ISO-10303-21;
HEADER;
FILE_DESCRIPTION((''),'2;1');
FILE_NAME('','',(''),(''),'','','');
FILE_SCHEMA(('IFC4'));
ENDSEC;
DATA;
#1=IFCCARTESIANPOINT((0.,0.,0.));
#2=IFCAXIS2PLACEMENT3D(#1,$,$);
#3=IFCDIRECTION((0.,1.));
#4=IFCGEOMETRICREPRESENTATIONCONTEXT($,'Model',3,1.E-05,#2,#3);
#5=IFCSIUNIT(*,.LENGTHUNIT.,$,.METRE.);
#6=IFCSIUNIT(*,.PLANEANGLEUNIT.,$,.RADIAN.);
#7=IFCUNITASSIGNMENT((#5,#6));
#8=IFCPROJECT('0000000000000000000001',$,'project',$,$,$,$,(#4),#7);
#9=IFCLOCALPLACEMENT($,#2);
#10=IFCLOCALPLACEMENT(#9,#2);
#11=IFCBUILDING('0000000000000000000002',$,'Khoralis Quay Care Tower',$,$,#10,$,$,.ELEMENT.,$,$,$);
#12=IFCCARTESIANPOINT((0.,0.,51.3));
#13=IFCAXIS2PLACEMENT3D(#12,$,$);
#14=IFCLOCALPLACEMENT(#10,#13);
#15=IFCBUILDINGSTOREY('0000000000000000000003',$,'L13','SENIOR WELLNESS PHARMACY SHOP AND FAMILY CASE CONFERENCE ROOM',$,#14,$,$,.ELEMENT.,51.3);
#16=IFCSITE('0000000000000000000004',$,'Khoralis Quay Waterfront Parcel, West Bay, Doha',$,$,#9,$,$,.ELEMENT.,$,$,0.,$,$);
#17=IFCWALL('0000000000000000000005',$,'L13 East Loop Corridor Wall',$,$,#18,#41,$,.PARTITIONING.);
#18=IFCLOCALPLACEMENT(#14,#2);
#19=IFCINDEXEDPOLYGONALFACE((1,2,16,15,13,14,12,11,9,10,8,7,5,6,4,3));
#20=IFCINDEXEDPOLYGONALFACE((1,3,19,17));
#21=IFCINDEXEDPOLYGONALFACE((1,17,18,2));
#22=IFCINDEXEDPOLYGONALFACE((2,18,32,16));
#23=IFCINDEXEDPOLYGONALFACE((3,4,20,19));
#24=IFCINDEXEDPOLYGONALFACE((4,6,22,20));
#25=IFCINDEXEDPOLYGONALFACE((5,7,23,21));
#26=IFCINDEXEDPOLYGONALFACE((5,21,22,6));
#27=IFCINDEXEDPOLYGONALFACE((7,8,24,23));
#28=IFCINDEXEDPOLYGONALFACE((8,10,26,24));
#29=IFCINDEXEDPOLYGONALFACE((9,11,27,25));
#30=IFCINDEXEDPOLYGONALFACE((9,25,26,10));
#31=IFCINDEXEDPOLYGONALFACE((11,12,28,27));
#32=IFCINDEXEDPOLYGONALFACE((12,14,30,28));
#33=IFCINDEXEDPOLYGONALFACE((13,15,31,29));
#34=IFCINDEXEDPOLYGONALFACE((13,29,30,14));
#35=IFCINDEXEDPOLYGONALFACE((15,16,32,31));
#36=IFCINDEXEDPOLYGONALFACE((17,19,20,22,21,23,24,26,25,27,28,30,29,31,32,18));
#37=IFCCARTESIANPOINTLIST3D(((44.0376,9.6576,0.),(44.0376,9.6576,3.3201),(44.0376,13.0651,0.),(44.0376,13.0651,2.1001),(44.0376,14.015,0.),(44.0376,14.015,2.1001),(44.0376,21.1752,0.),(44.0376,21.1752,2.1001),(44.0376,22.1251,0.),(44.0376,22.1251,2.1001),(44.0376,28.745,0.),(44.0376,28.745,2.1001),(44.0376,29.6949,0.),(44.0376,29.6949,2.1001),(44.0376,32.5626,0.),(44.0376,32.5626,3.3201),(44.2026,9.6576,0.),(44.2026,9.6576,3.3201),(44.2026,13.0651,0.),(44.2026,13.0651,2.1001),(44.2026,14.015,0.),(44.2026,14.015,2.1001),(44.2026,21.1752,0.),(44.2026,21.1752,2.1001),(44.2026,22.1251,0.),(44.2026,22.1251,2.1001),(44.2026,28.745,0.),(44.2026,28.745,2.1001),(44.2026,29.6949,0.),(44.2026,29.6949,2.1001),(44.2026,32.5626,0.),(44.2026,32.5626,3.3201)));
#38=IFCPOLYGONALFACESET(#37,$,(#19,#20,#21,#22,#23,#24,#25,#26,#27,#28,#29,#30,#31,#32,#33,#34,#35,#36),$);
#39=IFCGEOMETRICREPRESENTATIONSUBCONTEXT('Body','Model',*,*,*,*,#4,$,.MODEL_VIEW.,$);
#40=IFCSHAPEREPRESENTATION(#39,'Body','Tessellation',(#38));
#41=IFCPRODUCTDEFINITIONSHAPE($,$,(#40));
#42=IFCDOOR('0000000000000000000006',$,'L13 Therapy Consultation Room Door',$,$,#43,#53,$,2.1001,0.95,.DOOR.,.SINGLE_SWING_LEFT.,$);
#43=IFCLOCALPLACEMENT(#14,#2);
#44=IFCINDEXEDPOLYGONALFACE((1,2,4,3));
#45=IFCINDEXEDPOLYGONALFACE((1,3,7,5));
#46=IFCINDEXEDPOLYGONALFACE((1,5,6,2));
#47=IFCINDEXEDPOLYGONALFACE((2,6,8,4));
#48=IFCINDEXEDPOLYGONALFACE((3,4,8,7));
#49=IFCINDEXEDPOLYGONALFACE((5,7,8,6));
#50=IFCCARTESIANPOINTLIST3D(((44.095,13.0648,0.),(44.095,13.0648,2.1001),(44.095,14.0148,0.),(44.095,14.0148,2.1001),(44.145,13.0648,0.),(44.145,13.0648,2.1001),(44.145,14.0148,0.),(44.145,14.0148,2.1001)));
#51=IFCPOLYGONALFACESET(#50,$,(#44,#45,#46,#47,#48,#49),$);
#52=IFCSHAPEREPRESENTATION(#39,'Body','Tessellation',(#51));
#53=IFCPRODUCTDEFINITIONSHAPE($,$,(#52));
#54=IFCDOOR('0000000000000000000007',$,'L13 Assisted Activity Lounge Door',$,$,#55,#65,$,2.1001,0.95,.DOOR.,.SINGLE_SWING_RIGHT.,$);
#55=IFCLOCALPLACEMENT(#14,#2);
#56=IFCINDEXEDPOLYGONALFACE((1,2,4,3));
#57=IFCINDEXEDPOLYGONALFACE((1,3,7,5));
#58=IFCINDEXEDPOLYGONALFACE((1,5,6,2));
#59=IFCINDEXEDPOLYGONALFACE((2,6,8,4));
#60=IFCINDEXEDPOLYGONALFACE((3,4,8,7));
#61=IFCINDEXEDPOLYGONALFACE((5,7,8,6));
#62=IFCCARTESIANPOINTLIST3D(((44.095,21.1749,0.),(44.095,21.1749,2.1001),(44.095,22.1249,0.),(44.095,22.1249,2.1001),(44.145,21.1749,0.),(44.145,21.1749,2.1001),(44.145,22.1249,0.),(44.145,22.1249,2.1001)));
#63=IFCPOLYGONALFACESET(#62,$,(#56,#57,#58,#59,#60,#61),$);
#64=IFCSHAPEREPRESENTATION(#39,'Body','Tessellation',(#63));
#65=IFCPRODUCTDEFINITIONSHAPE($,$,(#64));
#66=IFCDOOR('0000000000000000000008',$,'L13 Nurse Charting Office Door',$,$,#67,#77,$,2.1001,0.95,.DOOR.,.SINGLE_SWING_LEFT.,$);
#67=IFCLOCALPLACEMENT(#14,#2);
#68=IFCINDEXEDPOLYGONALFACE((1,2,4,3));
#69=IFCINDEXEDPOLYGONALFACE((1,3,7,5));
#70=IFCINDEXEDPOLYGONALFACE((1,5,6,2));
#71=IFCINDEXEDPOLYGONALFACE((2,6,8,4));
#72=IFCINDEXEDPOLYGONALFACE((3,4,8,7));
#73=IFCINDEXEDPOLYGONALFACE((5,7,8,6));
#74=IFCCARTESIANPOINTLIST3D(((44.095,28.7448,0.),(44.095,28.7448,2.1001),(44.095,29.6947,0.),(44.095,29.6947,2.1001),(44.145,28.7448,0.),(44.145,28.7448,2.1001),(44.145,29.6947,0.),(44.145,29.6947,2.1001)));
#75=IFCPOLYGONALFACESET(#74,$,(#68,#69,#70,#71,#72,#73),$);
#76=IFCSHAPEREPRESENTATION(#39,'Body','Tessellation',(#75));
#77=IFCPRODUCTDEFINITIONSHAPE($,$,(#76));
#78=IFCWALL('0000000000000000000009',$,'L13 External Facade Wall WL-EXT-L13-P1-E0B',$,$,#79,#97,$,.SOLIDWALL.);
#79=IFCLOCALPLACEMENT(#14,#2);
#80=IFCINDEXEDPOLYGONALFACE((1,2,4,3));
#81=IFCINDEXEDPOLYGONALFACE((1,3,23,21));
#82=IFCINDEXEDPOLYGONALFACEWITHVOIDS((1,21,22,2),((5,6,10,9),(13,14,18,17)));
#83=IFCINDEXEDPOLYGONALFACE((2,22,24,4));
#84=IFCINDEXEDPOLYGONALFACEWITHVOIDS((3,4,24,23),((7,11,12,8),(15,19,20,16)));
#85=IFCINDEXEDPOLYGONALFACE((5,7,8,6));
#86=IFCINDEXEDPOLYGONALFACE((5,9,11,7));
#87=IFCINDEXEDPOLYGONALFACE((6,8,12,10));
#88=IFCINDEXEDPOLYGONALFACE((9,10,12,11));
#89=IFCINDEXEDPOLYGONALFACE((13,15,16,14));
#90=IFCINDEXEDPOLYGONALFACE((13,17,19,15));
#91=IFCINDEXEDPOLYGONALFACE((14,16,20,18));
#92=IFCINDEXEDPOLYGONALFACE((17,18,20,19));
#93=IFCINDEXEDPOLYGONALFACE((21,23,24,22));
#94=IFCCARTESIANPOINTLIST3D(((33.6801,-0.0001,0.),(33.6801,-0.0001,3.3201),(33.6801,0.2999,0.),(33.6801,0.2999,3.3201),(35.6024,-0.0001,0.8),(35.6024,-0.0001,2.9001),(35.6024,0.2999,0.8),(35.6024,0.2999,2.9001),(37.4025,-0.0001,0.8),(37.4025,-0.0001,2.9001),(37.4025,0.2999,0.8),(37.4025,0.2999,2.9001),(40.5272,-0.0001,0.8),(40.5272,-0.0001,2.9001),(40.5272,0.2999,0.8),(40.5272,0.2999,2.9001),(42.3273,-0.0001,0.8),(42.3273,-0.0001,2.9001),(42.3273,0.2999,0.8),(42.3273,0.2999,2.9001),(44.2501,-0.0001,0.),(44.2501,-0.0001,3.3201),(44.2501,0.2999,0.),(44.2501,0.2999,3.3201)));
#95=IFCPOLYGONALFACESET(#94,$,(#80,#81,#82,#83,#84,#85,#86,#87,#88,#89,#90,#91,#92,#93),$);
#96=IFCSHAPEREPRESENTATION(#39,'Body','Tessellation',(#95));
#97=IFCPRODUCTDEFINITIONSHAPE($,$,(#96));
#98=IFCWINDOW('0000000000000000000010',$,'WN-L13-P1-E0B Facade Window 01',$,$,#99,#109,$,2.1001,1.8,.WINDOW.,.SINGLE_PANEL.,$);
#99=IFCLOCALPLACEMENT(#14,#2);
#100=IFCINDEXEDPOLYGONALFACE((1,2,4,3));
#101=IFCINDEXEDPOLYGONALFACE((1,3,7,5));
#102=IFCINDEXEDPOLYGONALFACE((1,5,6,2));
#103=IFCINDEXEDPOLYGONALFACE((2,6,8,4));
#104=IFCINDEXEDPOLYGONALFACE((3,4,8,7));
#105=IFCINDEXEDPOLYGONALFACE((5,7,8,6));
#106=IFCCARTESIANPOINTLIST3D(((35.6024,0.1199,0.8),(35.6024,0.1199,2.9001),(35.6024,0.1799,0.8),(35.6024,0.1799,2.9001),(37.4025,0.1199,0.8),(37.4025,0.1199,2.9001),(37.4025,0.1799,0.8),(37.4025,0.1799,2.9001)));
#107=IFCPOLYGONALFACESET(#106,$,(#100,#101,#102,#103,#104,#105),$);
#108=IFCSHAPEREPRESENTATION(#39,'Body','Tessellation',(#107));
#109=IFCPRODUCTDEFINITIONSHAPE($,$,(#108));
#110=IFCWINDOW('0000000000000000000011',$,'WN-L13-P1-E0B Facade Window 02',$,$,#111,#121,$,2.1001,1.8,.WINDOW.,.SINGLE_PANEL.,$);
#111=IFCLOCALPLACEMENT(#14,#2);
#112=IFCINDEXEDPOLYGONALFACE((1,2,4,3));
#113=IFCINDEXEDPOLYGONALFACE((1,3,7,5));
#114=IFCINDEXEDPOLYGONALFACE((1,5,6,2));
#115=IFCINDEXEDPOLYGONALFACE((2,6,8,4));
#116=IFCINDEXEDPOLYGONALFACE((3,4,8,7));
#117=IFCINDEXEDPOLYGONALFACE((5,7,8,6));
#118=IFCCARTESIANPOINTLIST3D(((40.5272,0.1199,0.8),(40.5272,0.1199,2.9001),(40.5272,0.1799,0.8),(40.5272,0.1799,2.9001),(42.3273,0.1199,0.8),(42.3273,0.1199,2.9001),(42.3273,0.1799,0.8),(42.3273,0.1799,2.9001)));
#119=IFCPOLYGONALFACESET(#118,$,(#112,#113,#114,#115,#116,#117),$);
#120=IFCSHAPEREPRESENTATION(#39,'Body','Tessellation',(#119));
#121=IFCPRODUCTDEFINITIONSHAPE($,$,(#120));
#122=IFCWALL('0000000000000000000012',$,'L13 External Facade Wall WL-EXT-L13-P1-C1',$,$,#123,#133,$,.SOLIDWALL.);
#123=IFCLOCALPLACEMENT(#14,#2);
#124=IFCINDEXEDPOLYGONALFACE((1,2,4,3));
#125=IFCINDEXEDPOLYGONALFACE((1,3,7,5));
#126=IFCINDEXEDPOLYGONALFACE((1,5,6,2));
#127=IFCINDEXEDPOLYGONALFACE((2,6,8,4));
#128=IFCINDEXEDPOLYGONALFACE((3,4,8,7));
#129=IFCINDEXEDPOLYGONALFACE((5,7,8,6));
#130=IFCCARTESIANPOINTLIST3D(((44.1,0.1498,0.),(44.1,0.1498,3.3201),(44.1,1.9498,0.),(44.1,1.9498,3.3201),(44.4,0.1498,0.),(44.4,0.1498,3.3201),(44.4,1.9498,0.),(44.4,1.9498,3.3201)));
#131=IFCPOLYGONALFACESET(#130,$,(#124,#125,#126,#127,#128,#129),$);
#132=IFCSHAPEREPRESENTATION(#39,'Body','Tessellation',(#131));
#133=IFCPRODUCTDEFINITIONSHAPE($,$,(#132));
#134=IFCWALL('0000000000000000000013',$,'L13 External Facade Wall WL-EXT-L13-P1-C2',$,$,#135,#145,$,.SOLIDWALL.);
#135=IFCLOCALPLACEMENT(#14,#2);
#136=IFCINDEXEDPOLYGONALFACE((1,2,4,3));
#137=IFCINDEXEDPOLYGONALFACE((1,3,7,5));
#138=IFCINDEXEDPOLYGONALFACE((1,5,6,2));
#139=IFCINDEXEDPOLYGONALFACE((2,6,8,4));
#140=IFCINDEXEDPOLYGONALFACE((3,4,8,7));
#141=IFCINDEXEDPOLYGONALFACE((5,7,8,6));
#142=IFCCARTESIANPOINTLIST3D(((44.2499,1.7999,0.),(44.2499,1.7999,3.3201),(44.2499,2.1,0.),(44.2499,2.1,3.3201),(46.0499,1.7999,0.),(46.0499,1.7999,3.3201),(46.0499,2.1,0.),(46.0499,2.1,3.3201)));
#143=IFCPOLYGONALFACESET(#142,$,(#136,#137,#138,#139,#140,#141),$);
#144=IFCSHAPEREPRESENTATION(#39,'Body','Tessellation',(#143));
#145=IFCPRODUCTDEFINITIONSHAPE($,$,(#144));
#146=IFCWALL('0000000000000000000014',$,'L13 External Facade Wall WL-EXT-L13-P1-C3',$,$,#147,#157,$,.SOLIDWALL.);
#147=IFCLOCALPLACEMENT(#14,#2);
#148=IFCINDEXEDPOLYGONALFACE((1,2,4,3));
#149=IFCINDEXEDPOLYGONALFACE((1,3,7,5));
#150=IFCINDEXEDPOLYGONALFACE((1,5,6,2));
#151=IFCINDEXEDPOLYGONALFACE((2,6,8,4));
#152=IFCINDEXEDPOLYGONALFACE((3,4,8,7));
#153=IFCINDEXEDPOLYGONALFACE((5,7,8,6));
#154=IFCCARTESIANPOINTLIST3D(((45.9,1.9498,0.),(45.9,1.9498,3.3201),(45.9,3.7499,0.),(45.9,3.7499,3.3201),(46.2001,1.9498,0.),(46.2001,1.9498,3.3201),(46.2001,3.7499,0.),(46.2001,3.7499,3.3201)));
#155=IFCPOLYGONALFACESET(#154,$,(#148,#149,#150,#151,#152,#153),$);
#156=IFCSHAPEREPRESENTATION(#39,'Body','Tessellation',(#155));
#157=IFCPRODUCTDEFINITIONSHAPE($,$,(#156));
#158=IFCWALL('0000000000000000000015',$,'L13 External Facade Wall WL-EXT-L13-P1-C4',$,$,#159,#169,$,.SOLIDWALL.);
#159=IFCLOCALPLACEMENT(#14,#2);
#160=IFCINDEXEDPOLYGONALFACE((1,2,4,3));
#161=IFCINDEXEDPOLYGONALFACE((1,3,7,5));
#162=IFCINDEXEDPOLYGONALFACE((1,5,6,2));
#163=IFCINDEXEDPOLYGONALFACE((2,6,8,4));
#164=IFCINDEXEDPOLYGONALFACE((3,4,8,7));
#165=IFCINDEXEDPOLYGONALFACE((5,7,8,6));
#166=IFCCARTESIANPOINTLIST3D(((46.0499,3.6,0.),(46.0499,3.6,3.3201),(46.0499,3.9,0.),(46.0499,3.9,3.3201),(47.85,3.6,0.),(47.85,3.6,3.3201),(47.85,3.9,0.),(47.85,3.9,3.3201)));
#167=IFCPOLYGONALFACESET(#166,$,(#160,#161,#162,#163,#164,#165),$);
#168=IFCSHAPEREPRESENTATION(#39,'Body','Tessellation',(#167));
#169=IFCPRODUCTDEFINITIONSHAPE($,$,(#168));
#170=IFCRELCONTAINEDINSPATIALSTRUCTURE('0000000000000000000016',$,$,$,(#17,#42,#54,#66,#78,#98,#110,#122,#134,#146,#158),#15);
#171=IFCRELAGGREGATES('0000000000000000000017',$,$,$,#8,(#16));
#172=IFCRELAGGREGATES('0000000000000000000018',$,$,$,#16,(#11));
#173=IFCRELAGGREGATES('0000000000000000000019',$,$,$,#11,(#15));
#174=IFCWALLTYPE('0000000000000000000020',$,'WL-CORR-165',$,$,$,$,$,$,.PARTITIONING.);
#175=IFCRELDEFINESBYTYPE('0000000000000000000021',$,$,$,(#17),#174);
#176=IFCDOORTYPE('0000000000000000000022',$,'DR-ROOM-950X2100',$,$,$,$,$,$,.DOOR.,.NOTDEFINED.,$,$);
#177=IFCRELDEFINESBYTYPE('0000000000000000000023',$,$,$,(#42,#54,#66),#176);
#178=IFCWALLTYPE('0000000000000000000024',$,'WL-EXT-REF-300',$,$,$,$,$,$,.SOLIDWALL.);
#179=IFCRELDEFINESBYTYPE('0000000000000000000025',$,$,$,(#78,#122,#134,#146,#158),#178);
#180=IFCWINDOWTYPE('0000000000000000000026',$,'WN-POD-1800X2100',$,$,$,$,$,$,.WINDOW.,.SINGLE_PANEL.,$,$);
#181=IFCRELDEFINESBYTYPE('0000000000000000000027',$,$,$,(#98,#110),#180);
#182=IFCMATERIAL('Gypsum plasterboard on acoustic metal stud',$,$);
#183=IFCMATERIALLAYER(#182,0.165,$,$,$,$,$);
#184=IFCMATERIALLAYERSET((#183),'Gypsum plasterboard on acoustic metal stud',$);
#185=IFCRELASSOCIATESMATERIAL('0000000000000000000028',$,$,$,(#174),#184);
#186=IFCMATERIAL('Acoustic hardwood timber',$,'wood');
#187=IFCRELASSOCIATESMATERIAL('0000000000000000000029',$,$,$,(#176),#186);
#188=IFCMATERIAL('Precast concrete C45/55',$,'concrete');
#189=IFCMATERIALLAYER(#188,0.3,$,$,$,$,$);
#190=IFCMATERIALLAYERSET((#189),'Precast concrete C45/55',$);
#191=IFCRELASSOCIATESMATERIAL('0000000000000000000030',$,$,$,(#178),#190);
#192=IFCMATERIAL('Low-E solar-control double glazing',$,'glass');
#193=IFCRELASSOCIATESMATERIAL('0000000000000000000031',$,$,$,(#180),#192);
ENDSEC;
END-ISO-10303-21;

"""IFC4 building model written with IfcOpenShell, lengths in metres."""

from ifc_helpers import new_model, si_unit, direction, frame, frame_2d, origin, place, context, subcontext, project, spatial, rectangle, extrude, source, transform, mapped, material, layer, layer_set, type_object, element, fill, save


model = new_model("IFC4")

# Units and contexts
model_context = context("Model", 3, precision=1e-05, world=origin(), true_north=direction((0.0, 1.0)))
body_context = subcontext(model_context, "Body", "Model", "MODEL_VIEW")
ifc_project = project(units=[si_unit("LENGTHUNIT", "METRE"), si_unit("PLANEANGLEUNIT", "RADIAN")], contexts=[model_context])

# Site, building, storey
site_placement = place(None, origin())
site = spatial("IfcSite", under=ifc_project, at=site_placement, Name="Khoralis Quay Waterfront Parcel, West Bay, Doha", CompositionType="ELEMENT", RefElevation=0.0)
building_placement = place(site_placement, origin())
building = spatial("IfcBuilding", under=site, at=building_placement, Name="Khoralis Quay Care Tower", CompositionType="ELEMENT")
storey_placement = place(building_placement, frame((0.0, 0.0, 51.3)))
storey = spatial("IfcBuildingStorey", under=building, at=storey_placement, Name="L13", Description="SENIOR WELLNESS PHARMACY SHOP AND FAMILY CASE CONFERENCE ROOM", CompositionType="ELEMENT", Elevation=51.3)

# Shared definitions
ifc_material_1 = material(Name="Gypsum plasterboard on acoustic metal stud")

# Wall, openings, doors
ifc_layer_1 = layer(ifc_material_1, 0.165)
ifc_layer_set_1 = layer_set([ifc_layer_1], Name="Gypsum plasterboard on acoustic metal stud")
wall_type_1 = type_object("IfcWallType", Name="WL-CORR-165", PredefinedType="PARTITIONING", material=ifc_layer_set_1)
wall_1_placement = place(storey_placement, frame((44.1201, 9.6575, 0.0), z_axis=(0.0, 0.0, 1.0), x_axis=(0.0, 1.0, 0.0)))
wall_1 = element("IfcWall", 1, at=wall_1_placement, inside=storey, type_object=wall_type_1, Name="L13 East Loop Corridor Wall", PredefinedType="PARTITIONING", context=body_context, shape_type="SweptSolid", body=[
    extrude(rectangle(XDim=22.905, YDim=0.165, at=frame_2d((11.4526, 0.0))), origin(), (0.0, 0.0, 1.0), 3.3201),
])
opening_1_placement = place(wall_1_placement, frame((3.4075, 0.0, 0.0)))
opening_1 = element("IfcOpeningElement", 2, at=opening_1_placement, cuts=wall_1, PredefinedType="OPENING", context=body_context, shape_type="SweptSolid", body=[
    extrude(rectangle(XDim=0.95, YDim=2.1001, at=frame_2d((0.4751, 1.05))), frame((0.0, 0.0925, 0.0), z_axis=(0.0, -1.0, 0.0), x_axis=(1.0, 0.0, 0.0)), (0.0, 0.0, 1.0), 0.1851),
])
opening_2_placement = place(wall_1_placement, frame((11.5176, 0.0, 0.0)))
opening_2 = element("IfcOpeningElement", 3, at=opening_2_placement, cuts=wall_1, PredefinedType="OPENING", context=body_context, shape_type="SweptSolid", body=[
    extrude(rectangle(XDim=0.95, YDim=2.1001, at=frame_2d((0.4751, 1.05))), frame((0.0, 0.0925, 0.0), z_axis=(0.0, -1.0, 0.0), x_axis=(1.0, 0.0, 0.0)), (0.0, 0.0, 1.0), 0.1851),
])
opening_3_placement = place(wall_1_placement, frame((19.0874, 0.0, 0.0)))
opening_3 = element("IfcOpeningElement", 4, at=opening_3_placement, cuts=wall_1, PredefinedType="OPENING", context=body_context, shape_type="SweptSolid", body=[
    extrude(rectangle(XDim=0.95, YDim=2.1001, at=frame_2d((0.4751, 1.05))), frame((0.0, 0.0925, 0.0), z_axis=(0.0, -1.0, 0.0), x_axis=(1.0, 0.0, 0.0)), (0.0, 0.0, 1.0), 0.1851),
])
ifc_material_2 = material(Name="Acoustic hardwood timber", Category="wood")
door_type = type_object("IfcDoorType", Name="DR-ROOM-950X2100", OperationType="NOTDEFINED", PredefinedType="DOOR", material=ifc_material_2)
shared_shape_1 = source(origin(), body_context, "Body", "SweptSolid", [
    extrude(rectangle(XDim=0.95, YDim=2.1001, at=frame_2d((0.4751, 1.05))), frame((0.0, 0.0249, 0.0), z_axis=(0.0, -1.0, 0.0), x_axis=(1.0, 0.0, 0.0)), (0.0, 0.0, 1.0), 0.05),
])
door_1_placement = place(opening_1_placement, frame((0.95, 0.0, 0.0), z_axis=(0.0, 0.0, 1.0), x_axis=(-1.0, 0.0, 0.0)))
door_1 = element("IfcDoor", 5, at=door_1_placement, inside=storey, type_object=door_type, Name="L13 Therapy Consultation Room Door", OperationType="SINGLE_SWING_LEFT", OverallHeight=2.1001, OverallWidth=0.95, PredefinedType="DOOR", context=body_context, shape_type="MappedRepresentation", body=[
    mapped(shared_shape_1, transform((0.0, 0.0, 0.0), scale=1.0)),
])
fill(opening_1, door_1)
door_2_placement = place(opening_2_placement, frame((0.95, 0.0, 0.0), z_axis=(0.0, 0.0, 1.0), x_axis=(-1.0, 0.0, 0.0)))
door_2 = element("IfcDoor", 6, at=door_2_placement, inside=storey, type_object=door_type, Name="L13 Assisted Activity Lounge Door", OperationType="SINGLE_SWING_RIGHT", OverallHeight=2.1001, OverallWidth=0.95, PredefinedType="DOOR", context=body_context, shape_type="MappedRepresentation", body=[
    mapped(shared_shape_1, transform((0.0, 0.0, 0.0), scale=1.0)),
])
fill(opening_2, door_2)
door_3_placement = place(opening_3_placement, frame((0.95, 0.0, 0.0), z_axis=(0.0, 0.0, 1.0), x_axis=(-1.0, 0.0, 0.0)))
door_3 = element("IfcDoor", 7, at=door_3_placement, inside=storey, type_object=door_type, Name="L13 Nurse Charting Office Door", OperationType="SINGLE_SWING_LEFT", OverallHeight=2.1001, OverallWidth=0.95, PredefinedType="DOOR", context=body_context, shape_type="MappedRepresentation", body=[
    mapped(shared_shape_1, transform((0.0, 0.0, 0.0), scale=1.0)),
])
fill(opening_3, door_3)

# Wall, openings, windows
ifc_material_3 = material(Name="Precast concrete C45/55", Category="concrete")
ifc_layer_2 = layer(ifc_material_3, 0.3)
ifc_layer_set_2 = layer_set([ifc_layer_2], Name="Precast concrete C45/55")
wall_type_2 = type_object("IfcWallType", Name="WL-EXT-REF-300", PredefinedType="SOLIDWALL", material=ifc_layer_set_2)
wall_2_placement = place(storey_placement, frame((33.6799, 0.1499, 0.0), z_axis=(0.0, 0.0, 1.0), x_axis=(1.0, 0.0, 0.0)))
wall_2 = element("IfcWall", 8, at=wall_2_placement, inside=storey, type_object=wall_type_2, Name="L13 External Facade Wall WL-EXT-L13-P1-E0B", PredefinedType="SOLIDWALL", context=body_context, shape_type="SweptSolid", body=[
    extrude(rectangle(XDim=10.5701, YDim=0.3, at=frame_2d((5.2852, 0.0))), origin(), (0.0, 0.0, 1.0), 3.3201),
])
opening_4_placement = place(wall_2_placement, frame((1.9226, 0.0, 0.8)))
opening_4 = element("IfcOpeningElement", 9, at=opening_4_placement, cuts=wall_2, PredefinedType="OPENING", context=body_context, shape_type="SweptSolid", body=[
    extrude(rectangle(XDim=1.8, YDim=2.1001, at=frame_2d((0.8999, 1.05))), frame((0.0, 0.1602, 0.0), z_axis=(0.0, -1.0, 0.0), x_axis=(1.0, 0.0, 0.0)), (0.0, 0.0, 1.0), 0.3201),
])
opening_5_placement = place(wall_2_placement, frame((6.8474, 0.0, 0.8)))
opening_5 = element("IfcOpeningElement", 10, at=opening_5_placement, cuts=wall_2, PredefinedType="OPENING", context=body_context, shape_type="SweptSolid", body=[
    extrude(rectangle(XDim=1.8, YDim=2.1001, at=frame_2d((0.8999, 1.05))), frame((0.0, 0.1602, 0.0), z_axis=(0.0, -1.0, 0.0), x_axis=(1.0, 0.0, 0.0)), (0.0, 0.0, 1.0), 0.3201),
])
ifc_material_4 = material(Name="Low-E solar-control double glazing", Category="glass")
window_type = type_object("IfcWindowType", Name="WN-POD-1800X2100", PartitioningType="SINGLE_PANEL", PredefinedType="WINDOW", material=ifc_material_4)
shared_shape_2 = source(origin(), body_context, "Body", "SweptSolid", [
    extrude(rectangle(XDim=1.8, YDim=2.1001, at=frame_2d((0.8999, 1.05))), frame((0.0, 0.03, 0.0), z_axis=(0.0, -1.0, 0.0), x_axis=(1.0, 0.0, 0.0)), (0.0, 0.0, 1.0), 0.0601),
])
window_1_placement = place(opening_4_placement, origin())
window_1 = element("IfcWindow", 11, at=window_1_placement, inside=storey, type_object=window_type, Name="WN-L13-P1-E0B Facade Window 01", OverallHeight=2.1001, OverallWidth=1.8, PartitioningType="SINGLE_PANEL", PredefinedType="WINDOW", context=body_context, shape_type="MappedRepresentation", body=[
    mapped(shared_shape_2, transform((0.0, 0.0, 0.0), scale=1.0)),
])
fill(opening_4, window_1)
window_2_placement = place(opening_5_placement, origin())
window_2 = element("IfcWindow", 12, at=window_2_placement, inside=storey, type_object=window_type, Name="WN-L13-P1-E0B Facade Window 02", OverallHeight=2.1001, OverallWidth=1.8, PartitioningType="SINGLE_PANEL", PredefinedType="WINDOW", context=body_context, shape_type="MappedRepresentation", body=[
    mapped(shared_shape_2, transform((0.0, 0.0, 0.0), scale=1.0)),
])
fill(opening_5, window_2)

# Walls
for number, where, z_axis, x_axis, name in (
    (13, (44.25, 0.1499, 0.0), (0.0, 0.0, 1.0), (0.0, 1.0, 0.0), "L13 External Facade Wall WL-EXT-L13-P1-C1"),
    (14, (44.25, 1.95, 0.0), (0.0, 0.0, 1.0), (1.0, 0.0, 0.0), "L13 External Facade Wall WL-EXT-L13-P1-C2"),
    (15, (46.05, 1.95, 0.0), (0.0, 0.0, 1.0), (0.0, 1.0, 0.0), "L13 External Facade Wall WL-EXT-L13-P1-C3"),
    (16, (46.05, 3.75, 0.0), (0.0, 0.0, 1.0), (1.0, 0.0, 0.0), "L13 External Facade Wall WL-EXT-L13-P1-C4"),
):
    element("IfcWall", number, at=place(storey_placement, frame(where, z_axis=z_axis, x_axis=x_axis)), inside=storey, type_object=wall_type_2, Name=name, PredefinedType="SOLIDWALL", context=body_context, shape_type="SweptSolid", body=[
        extrude(rectangle(XDim=1.8, YDim=0.3, at=frame_2d((0.8999, 0.0))), origin(), (0.0, 0.0, 1.0), 3.3201),
    ])

save(model, "model.ifc")
